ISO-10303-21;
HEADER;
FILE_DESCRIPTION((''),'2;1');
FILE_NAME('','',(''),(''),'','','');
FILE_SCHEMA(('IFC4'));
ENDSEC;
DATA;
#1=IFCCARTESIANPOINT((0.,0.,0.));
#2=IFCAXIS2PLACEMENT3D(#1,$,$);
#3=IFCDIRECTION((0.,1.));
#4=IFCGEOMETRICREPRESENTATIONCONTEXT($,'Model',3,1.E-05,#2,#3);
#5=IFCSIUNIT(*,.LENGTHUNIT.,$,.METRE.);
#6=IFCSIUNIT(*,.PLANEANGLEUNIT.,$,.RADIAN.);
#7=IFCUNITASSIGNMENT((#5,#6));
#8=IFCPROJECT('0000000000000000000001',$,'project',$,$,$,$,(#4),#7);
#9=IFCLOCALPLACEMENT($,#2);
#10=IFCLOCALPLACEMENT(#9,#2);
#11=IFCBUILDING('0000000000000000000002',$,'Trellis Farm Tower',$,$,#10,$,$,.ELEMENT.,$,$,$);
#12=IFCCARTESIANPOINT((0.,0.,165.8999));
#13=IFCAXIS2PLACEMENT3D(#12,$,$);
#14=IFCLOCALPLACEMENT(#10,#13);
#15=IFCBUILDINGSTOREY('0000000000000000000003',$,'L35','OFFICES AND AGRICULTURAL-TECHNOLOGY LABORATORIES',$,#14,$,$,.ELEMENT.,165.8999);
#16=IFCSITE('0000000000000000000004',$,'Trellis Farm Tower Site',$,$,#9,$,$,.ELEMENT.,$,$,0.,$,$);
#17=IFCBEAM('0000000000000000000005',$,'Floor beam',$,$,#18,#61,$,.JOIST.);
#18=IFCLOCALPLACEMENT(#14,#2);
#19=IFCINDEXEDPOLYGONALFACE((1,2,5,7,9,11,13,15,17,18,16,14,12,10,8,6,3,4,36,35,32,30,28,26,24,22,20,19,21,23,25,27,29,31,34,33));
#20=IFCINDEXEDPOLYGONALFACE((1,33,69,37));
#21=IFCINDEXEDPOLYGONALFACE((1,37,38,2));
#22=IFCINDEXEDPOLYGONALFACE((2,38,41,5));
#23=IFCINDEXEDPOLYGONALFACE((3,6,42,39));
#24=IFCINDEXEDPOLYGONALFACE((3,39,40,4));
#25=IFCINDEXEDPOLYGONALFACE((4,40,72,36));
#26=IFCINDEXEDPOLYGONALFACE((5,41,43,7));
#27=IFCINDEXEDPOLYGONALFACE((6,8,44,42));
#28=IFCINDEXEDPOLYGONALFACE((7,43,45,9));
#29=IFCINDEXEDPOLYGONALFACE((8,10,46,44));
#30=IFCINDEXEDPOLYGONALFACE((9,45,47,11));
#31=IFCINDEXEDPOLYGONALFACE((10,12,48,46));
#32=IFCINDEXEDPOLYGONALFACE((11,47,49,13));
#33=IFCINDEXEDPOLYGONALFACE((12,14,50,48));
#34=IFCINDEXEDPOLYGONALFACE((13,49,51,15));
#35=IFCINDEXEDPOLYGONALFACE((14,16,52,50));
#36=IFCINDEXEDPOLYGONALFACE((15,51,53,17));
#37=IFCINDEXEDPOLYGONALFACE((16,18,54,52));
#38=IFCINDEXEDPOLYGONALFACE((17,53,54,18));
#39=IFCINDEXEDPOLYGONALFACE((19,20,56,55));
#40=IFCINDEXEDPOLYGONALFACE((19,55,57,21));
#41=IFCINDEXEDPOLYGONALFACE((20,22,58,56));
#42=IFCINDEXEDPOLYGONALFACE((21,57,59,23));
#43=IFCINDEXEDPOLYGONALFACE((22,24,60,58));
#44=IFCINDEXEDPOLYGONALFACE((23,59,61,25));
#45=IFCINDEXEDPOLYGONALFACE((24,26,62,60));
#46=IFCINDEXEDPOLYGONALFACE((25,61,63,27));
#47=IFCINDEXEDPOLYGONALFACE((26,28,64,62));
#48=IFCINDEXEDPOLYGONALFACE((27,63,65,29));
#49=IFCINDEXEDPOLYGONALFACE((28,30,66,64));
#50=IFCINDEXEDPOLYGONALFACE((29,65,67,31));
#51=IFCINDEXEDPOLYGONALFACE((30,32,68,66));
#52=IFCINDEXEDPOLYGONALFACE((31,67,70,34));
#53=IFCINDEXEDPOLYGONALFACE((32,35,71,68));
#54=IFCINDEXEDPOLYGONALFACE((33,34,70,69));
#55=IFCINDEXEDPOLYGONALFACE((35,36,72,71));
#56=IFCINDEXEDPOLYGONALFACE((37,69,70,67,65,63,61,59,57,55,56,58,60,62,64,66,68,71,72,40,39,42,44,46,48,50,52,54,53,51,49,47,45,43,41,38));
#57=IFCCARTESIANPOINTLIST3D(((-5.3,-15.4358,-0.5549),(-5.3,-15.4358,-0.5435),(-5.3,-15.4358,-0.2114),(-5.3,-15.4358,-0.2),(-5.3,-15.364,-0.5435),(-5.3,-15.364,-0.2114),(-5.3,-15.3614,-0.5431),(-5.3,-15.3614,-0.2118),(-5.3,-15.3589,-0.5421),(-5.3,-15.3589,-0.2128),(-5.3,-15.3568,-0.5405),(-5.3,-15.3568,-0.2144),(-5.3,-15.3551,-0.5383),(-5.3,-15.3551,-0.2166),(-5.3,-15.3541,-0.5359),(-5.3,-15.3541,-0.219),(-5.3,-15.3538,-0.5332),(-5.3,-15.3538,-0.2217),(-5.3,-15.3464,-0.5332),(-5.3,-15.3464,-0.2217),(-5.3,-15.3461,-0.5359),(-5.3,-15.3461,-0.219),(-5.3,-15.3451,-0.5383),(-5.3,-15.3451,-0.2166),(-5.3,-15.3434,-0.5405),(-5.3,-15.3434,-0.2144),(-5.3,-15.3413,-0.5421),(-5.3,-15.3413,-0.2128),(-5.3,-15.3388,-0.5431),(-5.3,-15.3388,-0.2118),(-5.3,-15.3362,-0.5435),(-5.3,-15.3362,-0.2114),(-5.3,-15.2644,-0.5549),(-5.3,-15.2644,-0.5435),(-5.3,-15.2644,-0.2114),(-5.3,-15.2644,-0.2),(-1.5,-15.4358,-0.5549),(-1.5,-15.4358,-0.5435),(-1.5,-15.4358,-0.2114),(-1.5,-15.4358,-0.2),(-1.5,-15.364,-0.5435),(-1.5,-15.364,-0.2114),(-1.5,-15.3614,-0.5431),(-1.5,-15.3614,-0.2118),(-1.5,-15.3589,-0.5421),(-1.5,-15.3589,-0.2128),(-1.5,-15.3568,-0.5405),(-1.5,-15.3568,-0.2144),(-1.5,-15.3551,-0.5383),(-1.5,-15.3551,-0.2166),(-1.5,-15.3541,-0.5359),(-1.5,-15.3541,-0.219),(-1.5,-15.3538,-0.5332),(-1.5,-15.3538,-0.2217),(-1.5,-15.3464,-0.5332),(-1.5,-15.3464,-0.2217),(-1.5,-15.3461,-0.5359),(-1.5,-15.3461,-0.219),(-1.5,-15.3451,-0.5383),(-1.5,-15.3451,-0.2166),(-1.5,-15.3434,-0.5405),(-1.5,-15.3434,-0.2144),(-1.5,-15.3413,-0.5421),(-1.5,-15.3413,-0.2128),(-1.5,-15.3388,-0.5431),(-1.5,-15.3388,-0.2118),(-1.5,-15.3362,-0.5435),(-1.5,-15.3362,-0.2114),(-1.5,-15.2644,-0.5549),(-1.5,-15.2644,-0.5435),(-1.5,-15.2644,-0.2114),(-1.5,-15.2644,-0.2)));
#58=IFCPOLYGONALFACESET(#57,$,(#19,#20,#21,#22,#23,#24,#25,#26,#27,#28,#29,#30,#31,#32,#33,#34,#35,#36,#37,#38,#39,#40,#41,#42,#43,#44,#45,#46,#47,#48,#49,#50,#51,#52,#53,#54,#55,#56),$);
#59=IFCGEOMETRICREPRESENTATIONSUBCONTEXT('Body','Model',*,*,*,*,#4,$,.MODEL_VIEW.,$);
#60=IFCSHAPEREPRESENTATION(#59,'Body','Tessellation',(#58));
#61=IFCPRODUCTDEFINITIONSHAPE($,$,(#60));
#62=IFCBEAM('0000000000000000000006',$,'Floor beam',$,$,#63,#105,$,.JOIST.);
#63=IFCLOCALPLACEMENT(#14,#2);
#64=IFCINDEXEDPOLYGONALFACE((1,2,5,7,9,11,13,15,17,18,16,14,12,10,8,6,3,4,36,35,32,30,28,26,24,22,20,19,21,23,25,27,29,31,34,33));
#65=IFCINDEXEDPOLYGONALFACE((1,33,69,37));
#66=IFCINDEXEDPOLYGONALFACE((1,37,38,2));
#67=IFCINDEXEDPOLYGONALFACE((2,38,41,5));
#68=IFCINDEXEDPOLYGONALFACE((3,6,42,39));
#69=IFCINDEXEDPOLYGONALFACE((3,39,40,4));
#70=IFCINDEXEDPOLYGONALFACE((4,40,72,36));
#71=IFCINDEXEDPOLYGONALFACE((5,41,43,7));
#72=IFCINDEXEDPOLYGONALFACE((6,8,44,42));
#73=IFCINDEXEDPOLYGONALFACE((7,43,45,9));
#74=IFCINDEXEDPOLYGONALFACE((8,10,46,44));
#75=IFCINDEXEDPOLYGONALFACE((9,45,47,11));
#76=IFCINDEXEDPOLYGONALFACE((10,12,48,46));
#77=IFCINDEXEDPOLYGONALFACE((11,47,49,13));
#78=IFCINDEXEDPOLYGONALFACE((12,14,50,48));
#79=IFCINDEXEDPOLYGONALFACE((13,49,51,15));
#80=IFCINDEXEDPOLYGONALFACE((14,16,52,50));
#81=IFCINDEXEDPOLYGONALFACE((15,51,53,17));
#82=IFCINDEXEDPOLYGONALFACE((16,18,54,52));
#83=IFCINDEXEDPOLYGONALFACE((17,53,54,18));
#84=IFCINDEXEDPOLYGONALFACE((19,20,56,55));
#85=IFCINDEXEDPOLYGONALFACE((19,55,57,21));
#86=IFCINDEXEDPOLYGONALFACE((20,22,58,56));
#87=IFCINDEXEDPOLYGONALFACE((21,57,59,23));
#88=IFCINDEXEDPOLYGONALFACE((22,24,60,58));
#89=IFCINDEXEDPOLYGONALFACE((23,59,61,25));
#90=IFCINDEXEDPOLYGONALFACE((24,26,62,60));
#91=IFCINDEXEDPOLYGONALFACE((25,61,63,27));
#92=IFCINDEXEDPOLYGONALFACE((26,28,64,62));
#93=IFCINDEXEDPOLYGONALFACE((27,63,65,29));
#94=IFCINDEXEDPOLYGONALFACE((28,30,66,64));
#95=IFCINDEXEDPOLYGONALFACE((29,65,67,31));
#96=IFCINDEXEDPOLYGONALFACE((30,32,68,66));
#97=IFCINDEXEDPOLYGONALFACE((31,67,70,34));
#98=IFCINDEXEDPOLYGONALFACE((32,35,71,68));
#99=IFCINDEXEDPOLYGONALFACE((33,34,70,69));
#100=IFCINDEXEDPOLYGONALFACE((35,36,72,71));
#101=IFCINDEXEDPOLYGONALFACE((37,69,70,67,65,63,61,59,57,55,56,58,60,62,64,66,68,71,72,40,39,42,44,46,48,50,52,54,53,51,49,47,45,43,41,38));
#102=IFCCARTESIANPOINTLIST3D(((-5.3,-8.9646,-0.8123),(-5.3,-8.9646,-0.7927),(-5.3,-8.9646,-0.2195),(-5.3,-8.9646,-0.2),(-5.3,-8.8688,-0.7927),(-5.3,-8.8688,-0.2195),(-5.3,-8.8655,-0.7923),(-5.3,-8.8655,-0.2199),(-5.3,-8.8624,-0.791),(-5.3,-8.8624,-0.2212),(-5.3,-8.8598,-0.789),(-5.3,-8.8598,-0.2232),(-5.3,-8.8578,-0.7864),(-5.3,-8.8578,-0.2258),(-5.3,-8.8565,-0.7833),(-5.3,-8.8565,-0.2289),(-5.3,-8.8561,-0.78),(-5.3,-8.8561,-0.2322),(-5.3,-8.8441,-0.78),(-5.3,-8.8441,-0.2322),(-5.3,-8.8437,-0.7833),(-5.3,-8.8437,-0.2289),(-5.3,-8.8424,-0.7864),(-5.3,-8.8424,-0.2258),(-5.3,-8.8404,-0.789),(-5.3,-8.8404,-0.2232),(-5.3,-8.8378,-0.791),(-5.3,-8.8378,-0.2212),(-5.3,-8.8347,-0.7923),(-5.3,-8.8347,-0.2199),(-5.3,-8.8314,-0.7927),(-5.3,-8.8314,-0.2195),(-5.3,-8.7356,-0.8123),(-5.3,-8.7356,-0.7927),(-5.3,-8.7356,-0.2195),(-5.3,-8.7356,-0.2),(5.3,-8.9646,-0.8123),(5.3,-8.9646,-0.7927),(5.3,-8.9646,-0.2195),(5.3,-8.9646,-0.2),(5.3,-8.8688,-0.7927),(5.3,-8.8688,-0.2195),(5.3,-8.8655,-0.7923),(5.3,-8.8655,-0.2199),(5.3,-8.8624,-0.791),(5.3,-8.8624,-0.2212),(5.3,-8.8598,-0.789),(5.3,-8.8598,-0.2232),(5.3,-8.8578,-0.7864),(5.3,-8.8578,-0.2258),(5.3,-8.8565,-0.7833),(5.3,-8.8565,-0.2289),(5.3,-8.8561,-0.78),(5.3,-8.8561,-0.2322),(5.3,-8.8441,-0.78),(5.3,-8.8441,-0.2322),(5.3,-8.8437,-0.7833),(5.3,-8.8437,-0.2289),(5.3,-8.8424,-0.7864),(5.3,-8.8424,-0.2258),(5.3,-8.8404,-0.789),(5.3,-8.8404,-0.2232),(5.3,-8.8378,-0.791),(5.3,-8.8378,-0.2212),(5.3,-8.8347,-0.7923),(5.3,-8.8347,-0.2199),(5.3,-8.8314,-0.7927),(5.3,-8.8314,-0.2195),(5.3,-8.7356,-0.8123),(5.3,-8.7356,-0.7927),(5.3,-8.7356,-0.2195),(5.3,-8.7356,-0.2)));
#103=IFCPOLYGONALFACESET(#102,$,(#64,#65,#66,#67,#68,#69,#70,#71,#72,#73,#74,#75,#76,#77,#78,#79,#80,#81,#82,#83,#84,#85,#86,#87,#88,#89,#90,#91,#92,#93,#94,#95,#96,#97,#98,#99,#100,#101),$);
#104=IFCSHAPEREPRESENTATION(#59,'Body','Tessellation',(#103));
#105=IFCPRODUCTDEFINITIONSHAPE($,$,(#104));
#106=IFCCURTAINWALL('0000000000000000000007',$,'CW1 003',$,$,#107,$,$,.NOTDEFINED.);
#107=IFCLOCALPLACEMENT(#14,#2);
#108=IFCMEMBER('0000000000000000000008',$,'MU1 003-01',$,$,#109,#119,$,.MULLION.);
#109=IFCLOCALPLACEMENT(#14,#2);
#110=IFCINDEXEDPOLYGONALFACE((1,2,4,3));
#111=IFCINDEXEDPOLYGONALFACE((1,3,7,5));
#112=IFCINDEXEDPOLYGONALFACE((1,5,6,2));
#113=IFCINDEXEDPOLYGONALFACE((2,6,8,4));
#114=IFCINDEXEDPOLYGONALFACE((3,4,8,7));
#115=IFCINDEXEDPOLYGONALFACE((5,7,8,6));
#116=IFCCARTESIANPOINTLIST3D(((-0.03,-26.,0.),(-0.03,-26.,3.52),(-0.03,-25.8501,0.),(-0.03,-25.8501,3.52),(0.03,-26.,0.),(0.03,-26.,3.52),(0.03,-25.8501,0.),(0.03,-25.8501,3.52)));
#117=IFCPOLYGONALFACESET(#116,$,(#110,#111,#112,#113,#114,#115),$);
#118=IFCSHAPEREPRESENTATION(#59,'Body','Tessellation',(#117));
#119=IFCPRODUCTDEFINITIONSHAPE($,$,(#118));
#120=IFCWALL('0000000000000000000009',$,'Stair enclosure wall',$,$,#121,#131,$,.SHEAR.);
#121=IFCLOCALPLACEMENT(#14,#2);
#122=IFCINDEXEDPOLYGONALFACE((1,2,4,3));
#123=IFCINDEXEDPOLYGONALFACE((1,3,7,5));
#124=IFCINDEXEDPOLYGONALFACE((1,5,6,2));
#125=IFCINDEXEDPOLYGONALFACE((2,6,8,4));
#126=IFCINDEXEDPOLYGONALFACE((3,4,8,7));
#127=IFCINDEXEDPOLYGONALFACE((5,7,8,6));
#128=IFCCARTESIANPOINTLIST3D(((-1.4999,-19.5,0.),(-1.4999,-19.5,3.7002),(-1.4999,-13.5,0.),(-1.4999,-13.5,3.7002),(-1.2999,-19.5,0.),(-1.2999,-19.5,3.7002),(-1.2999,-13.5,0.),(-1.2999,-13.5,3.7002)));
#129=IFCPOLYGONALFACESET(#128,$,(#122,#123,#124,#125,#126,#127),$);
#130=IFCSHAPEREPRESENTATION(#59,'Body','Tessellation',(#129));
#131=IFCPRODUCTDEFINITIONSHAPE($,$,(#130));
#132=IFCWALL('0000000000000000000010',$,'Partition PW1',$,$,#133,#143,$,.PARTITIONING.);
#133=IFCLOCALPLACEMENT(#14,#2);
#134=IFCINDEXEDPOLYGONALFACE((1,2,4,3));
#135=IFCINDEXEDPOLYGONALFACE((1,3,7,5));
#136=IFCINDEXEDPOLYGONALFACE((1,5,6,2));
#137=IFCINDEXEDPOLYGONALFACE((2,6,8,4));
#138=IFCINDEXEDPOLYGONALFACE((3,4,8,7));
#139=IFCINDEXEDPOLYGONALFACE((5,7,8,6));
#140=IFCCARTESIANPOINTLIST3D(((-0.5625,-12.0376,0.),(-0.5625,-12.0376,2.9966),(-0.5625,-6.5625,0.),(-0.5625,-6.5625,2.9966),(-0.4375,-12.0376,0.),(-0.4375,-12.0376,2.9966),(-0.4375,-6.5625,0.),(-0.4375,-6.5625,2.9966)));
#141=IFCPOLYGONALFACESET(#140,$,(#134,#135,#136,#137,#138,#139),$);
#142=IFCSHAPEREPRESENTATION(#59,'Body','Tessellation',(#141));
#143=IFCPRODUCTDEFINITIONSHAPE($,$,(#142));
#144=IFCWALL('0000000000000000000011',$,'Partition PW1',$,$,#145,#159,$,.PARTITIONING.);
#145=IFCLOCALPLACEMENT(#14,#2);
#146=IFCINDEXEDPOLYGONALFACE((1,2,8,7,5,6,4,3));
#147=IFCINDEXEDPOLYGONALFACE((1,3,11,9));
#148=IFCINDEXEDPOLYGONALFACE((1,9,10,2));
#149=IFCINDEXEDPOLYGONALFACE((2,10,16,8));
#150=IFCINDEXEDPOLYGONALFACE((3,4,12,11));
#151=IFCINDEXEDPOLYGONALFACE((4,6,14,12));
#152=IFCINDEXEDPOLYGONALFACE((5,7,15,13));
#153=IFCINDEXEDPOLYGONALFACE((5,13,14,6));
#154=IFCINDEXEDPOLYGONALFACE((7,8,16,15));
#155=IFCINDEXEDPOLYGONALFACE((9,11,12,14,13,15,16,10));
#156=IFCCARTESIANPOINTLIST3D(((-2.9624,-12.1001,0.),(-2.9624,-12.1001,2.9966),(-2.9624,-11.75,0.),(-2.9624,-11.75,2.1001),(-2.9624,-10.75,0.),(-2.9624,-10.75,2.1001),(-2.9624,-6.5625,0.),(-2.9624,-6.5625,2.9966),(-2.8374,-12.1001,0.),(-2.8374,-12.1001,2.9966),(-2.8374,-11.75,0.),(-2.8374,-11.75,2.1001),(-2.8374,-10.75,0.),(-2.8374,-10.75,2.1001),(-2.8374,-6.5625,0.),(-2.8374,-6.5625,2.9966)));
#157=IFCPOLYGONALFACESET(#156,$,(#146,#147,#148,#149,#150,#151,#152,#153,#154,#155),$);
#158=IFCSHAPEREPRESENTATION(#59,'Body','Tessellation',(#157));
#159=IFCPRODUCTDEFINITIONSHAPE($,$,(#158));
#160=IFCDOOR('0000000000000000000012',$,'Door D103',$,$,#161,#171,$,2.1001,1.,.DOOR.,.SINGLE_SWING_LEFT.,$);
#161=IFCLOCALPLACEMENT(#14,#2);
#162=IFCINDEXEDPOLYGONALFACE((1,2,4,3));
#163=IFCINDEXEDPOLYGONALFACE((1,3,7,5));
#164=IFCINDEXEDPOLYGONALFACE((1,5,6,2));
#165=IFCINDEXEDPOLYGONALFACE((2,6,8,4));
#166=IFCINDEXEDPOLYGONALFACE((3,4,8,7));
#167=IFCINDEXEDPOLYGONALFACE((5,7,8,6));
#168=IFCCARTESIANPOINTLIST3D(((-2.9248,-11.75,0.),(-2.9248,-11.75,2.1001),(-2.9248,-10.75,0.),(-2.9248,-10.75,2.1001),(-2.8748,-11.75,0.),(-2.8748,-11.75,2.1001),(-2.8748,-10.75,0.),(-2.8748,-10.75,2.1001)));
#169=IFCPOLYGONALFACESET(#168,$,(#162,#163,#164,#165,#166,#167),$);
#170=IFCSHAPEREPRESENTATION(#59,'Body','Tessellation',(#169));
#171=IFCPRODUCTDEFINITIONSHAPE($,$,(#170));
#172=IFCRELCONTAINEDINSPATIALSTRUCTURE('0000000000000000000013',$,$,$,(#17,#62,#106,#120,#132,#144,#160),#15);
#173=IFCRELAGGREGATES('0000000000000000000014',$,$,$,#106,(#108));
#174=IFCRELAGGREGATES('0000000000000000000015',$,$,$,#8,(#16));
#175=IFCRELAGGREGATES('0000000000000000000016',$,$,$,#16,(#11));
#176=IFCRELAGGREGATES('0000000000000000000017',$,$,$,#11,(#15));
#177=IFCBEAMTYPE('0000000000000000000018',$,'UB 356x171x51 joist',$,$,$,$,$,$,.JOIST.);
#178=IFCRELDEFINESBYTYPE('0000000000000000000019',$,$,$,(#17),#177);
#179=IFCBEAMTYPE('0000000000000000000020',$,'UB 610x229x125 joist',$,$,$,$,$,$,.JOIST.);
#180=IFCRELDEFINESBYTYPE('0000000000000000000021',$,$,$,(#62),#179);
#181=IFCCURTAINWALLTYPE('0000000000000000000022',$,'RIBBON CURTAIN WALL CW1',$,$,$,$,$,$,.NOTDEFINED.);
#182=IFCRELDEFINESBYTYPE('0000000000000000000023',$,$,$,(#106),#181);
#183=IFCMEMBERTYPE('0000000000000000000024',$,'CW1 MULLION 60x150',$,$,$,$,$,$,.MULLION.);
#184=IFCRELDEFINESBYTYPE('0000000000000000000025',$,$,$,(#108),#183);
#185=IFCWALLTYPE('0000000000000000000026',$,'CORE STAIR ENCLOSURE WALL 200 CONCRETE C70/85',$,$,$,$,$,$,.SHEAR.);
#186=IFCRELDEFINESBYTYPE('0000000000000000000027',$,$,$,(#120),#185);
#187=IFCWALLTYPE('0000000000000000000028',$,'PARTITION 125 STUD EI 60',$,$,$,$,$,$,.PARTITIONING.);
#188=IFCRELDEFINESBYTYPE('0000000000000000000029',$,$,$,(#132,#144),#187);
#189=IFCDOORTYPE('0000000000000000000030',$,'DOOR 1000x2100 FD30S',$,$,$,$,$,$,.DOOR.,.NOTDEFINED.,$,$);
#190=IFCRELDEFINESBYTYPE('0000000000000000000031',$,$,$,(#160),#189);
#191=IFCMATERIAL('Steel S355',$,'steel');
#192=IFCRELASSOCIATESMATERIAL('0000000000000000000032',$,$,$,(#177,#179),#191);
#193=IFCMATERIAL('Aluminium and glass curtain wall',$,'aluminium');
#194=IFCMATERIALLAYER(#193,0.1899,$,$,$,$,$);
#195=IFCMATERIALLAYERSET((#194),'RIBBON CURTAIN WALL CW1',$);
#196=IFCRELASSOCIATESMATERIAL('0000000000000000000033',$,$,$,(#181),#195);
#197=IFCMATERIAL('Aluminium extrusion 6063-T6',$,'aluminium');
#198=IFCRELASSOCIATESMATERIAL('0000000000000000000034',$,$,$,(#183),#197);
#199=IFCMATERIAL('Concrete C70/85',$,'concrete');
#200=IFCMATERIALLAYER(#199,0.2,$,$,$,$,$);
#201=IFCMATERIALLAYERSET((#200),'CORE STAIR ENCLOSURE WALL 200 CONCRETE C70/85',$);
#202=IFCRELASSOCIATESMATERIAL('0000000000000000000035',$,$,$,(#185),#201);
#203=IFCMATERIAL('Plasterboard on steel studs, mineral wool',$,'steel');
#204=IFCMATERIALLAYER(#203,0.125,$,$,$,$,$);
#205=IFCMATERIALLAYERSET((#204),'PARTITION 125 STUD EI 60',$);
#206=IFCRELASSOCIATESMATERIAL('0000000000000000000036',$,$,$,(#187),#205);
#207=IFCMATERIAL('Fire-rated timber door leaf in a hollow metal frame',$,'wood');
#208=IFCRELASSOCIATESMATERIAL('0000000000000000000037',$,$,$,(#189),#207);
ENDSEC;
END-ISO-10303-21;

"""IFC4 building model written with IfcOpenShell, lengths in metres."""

from ifc_helpers import new_model, si_unit, direction, frame, frame_2d, origin, origin_2d, place, context, subcontext, project, spatial, rectangle, i_section, extrude, source, transform, mapped, material, layer, layer_set, material_profile, profile_set, type_object, element, fill, aggregate, save


model = new_model("IFC4")

# Units and contexts
model_context = context("Model", 3, precision=1e-05, world=origin(), true_north=direction((0.0, 1.0)))
body_context = subcontext(model_context, "Body", "Model", "MODEL_VIEW")
ifc_project = project(units=[si_unit("LENGTHUNIT", "METRE"), si_unit("PLANEANGLEUNIT", "RADIAN")], contexts=[model_context])

# Site, building, storey
site_placement = place(None, origin())
site = spatial("IfcSite", under=ifc_project, at=site_placement, Name="Trellis Farm Tower Site", CompositionType="ELEMENT", RefElevation=0.0)
building_placement = place(site_placement, origin())
building = spatial("IfcBuilding", under=site, at=building_placement, Name="Trellis Farm Tower", CompositionType="ELEMENT")
storey_placement = place(building_placement, frame((0.0, 0.0, 165.8999)))
storey = spatial("IfcBuildingStorey", under=building, at=storey_placement, Name="L35", Description="OFFICES AND AGRICULTURAL-TECHNOLOGY LABORATORIES", CompositionType="ELEMENT", Elevation=165.8999)

# Shared definitions
ifc_material_1 = material(Name="Concrete C70/85", Category="concrete")

# Beams
ifc_material_2 = material(Name="Steel S355", Category="steel")
ifc_material_profile_1 = material_profile(ifc_material_2, i_section(OverallWidth=0.1714, OverallDepth=0.355, WebThickness=0.0073, FlangeThickness=0.0115, FilletRadius=0.0103, at=origin_2d()), Name="UB 356x171x51")
ifc_profile_set_1 = profile_set([ifc_material_profile_1], Name="Steel S355")
beam_type_1 = type_object("IfcBeamType", Name="UB 356x171x51 joist", PredefinedType="JOIST", material=ifc_profile_set_1)
shared_shape_1 = source(origin(), body_context, "Body", "SweptSolid", [
    extrude(i_section(OverallWidth=0.1714, OverallDepth=0.355, WebThickness=0.0073, FlangeThickness=0.0115, FilletRadius=0.0103, at=origin_2d()), origin(), (0.0, 0.0, 1.0), 3.8),
])
beam_1_placement = place(storey_placement, frame((-5.3, -15.3501, -0.3774), z_axis=(1.0, 0.0, 0.0), x_axis=(0.0, 1.0, 0.0)))
element("IfcBeam", 1, at=beam_1_placement, inside=storey, type_object=beam_type_1, Name="Floor beam", PredefinedType="JOIST", context=body_context, shape_type="MappedRepresentation", body=[
    mapped(shared_shape_1, transform((0.0, 0.0, 0.0))),
])
ifc_material_profile_2 = material_profile(ifc_material_2, i_section(OverallWidth=0.229, OverallDepth=0.6123, WebThickness=0.012, FlangeThickness=0.0195, FilletRadius=0.0127, at=origin_2d()), Name="UB 610x229x125")
ifc_profile_set_2 = profile_set([ifc_material_profile_2], Name="Steel S355")
beam_type_2 = type_object("IfcBeamType", Name="UB 610x229x125 joist", PredefinedType="JOIST", material=ifc_profile_set_2)
shared_shape_2 = source(origin(), body_context, "Body", "SweptSolid", [
    extrude(i_section(OverallWidth=0.229, OverallDepth=0.6123, WebThickness=0.012, FlangeThickness=0.0195, FilletRadius=0.0127, at=origin_2d()), origin(), (0.0, 0.0, 1.0), 10.6001),
])
beam_2_placement = place(storey_placement, frame((-5.3, -8.8501, -0.5061), z_axis=(1.0, 0.0, 0.0), x_axis=(0.0, 1.0, 0.0)))
element("IfcBeam", 2, at=beam_2_placement, inside=storey, type_object=beam_type_2, Name="Floor beam", PredefinedType="JOIST", context=body_context, shape_type="MappedRepresentation", body=[
    mapped(shared_shape_2, transform((0.0, 0.0, 0.0))),
])

# Curtain wall, member
ifc_material_3 = material(Name="Aluminium and glass curtain wall", Category="aluminium")
ifc_layer_1 = layer(ifc_material_3, 0.1899)
ifc_layer_set_1 = layer_set([ifc_layer_1], Name="RIBBON CURTAIN WALL CW1")
curtain_wall_type = type_object("IfcCurtainWallType", Name="RIBBON CURTAIN WALL CW1", PredefinedType="NOTDEFINED", material=ifc_layer_set_1)
placement = place(storey_placement, origin())
curtain_wall = element("IfcCurtainWall", 3, at=placement, inside=storey, type_object=curtain_wall_type, Name="CW1 003", PredefinedType="NOTDEFINED")
ifc_material_4 = material(Name="Aluminium extrusion 6063-T6", Category="aluminium")
ifc_material_profile_3 = material_profile(ifc_material_4, rectangle(XDim=0.0601, YDim=0.1499, at=origin_2d()), Name="MULLION 60x150")
ifc_profile_set_3 = profile_set([ifc_material_profile_3], Name="Aluminium extrusion 6063-T6")
member_type = type_object("IfcMemberType", Name="CW1 MULLION 60x150", PredefinedType="MULLION", material=ifc_profile_set_3)
shared_shape_3 = source(origin(), body_context, "Body", "SweptSolid", [
    extrude(rectangle(XDim=0.0601, YDim=0.1499, at=origin_2d()), origin(), (0.0, 0.0, 1.0), 3.52),
])
member_placement = place(storey_placement, frame((0.0, -25.925, 0.0), z_axis=(0.0, 0.0, 1.0), x_axis=(1.0, 0.0, 0.0)))
member = element("IfcMember", 4, at=member_placement, type_object=member_type, Name="MU1 003-01", PredefinedType="MULLION", context=body_context, shape_type="MappedRepresentation", body=[
    mapped(shared_shape_3, transform((0.0, 0.0, 0.0))),
])
aggregate(curtain_wall, [member])

# Walls
ifc_layer_2 = layer(ifc_material_1, 0.2)
ifc_layer_set_2 = layer_set([ifc_layer_2], Name="CORE STAIR ENCLOSURE WALL 200 CONCRETE C70/85")
wall_type_1 = type_object("IfcWallType", Name="CORE STAIR ENCLOSURE WALL 200 CONCRETE C70/85", PredefinedType="SHEAR", material=ifc_layer_set_2)
shared_shape_4 = source(origin(), body_context, "Body", "SweptSolid", [
    extrude(rectangle(XDim=6.0, YDim=0.2, at=frame_2d((3.0, 0.0))), origin(), (0.0, 0.0, 1.0), 3.7002),
])
wall_1_placement = place(storey_placement, frame((-1.3999, -13.5, 0.0), z_axis=(0.0, 0.0, 1.0), x_axis=(0.0, -1.0, 0.0)))
element("IfcWall", 5, at=wall_1_placement, inside=storey, type_object=wall_type_1, Name="Stair enclosure wall", PredefinedType="SHEAR", context=body_context, shape_type="MappedRepresentation", body=[
    mapped(shared_shape_4, transform((0.0, 0.0, 0.0))),
])
ifc_material_5 = material(Name="Plasterboard on steel studs, mineral wool", Category="steel")
ifc_layer_3 = layer(ifc_material_5, 0.125)
ifc_layer_set_3 = layer_set([ifc_layer_3], Name="PARTITION 125 STUD EI 60")
wall_type_2 = type_object("IfcWallType", Name="PARTITION 125 STUD EI 60", PredefinedType="PARTITIONING", material=ifc_layer_set_3)
shared_shape_5 = source(origin(), body_context, "Body", "SweptSolid", [
    extrude(rectangle(XDim=5.4751, YDim=0.125, at=frame_2d((2.7375, 0.0))), origin(), (0.0, 0.0, 1.0), 2.9966),
])
wall_2_placement = place(storey_placement, frame((-0.5, -6.5625, 0.0), z_axis=(0.0, 0.0, 1.0), x_axis=(0.0, -1.0, 0.0)))
element("IfcWall", 6, at=wall_2_placement, inside=storey, type_object=wall_type_2, Name="Partition PW1", PredefinedType="PARTITIONING", context=body_context, shape_type="MappedRepresentation", body=[
    mapped(shared_shape_5, transform((0.0, 0.0, 0.0))),
])

# Wall, opening, door
shared_shape_6 = source(origin(), body_context, "Body", "SweptSolid", [
    extrude(rectangle(XDim=5.5376, YDim=0.125, at=frame_2d((2.7688, 0.0))), origin(), (0.0, 0.0, 1.0), 2.9966),
])
wall_3_placement = place(storey_placement, frame((-2.8999, -12.1001, 0.0), z_axis=(0.0, 0.0, 1.0), x_axis=(0.0, 1.0, 0.0)))
wall_3 = element("IfcWall", 7, at=wall_3_placement, inside=storey, type_object=wall_type_2, Name="Partition PW1", PredefinedType="PARTITIONING", context=body_context, shape_type="MappedRepresentation", body=[
    mapped(shared_shape_6, transform((0.0, 0.0, 0.0))),
])
shared_shape_7 = source(origin(), body_context, "Body", "SweptSolid", [
    extrude(rectangle(XDim=1.0, YDim=2.1001, at=frame_2d((0.5, 1.05))), frame((0.0, 0.0725, 0.0), z_axis=(0.0, -1.0, 0.0), x_axis=(1.0, 0.0, 0.0)), (0.0, 0.0, 1.0), 0.145),
])
opening_1_placement = place(wall_3_placement, frame((0.3501, 0.0, 0.0)))
opening_1 = element("IfcOpeningElement", 8, at=opening_1_placement, cuts=wall_3, PredefinedType="OPENING", context=body_context, shape_type="MappedRepresentation", body=[
    mapped(shared_shape_7, transform((0.0, 0.0, 0.0))),
])
ifc_material_6 = material(Name="Fire-rated timber door leaf in a hollow metal frame", Category="wood")
door_type = type_object("IfcDoorType", Name="DOOR 1000x2100 FD30S", OperationType="NOTDEFINED", PredefinedType="DOOR", material=ifc_material_6)
shared_shape_8 = source(origin(), body_context, "Body", "SweptSolid", [
    extrude(rectangle(XDim=1.0, YDim=2.1001, at=frame_2d((0.5, 1.05))), frame((0.0, 0.0249, 0.0), z_axis=(0.0, -1.0, 0.0), x_axis=(1.0, 0.0, 0.0)), (0.0, 0.0, 1.0), 0.05),
])
door_1_placement = place(opening_1_placement, origin())
door_1 = element("IfcDoor", 9, at=door_1_placement, inside=storey, type_object=door_type, Name="Door D103", OperationType="SINGLE_SWING_LEFT", OverallHeight=2.1001, OverallWidth=1.0, PredefinedType="DOOR", context=body_context, shape_type="MappedRepresentation", body=[
    mapped(shared_shape_8, transform((0.0, 0.0, 0.0))),
])
fill(opening_1, door_1)

save(model, "model.ifc")
